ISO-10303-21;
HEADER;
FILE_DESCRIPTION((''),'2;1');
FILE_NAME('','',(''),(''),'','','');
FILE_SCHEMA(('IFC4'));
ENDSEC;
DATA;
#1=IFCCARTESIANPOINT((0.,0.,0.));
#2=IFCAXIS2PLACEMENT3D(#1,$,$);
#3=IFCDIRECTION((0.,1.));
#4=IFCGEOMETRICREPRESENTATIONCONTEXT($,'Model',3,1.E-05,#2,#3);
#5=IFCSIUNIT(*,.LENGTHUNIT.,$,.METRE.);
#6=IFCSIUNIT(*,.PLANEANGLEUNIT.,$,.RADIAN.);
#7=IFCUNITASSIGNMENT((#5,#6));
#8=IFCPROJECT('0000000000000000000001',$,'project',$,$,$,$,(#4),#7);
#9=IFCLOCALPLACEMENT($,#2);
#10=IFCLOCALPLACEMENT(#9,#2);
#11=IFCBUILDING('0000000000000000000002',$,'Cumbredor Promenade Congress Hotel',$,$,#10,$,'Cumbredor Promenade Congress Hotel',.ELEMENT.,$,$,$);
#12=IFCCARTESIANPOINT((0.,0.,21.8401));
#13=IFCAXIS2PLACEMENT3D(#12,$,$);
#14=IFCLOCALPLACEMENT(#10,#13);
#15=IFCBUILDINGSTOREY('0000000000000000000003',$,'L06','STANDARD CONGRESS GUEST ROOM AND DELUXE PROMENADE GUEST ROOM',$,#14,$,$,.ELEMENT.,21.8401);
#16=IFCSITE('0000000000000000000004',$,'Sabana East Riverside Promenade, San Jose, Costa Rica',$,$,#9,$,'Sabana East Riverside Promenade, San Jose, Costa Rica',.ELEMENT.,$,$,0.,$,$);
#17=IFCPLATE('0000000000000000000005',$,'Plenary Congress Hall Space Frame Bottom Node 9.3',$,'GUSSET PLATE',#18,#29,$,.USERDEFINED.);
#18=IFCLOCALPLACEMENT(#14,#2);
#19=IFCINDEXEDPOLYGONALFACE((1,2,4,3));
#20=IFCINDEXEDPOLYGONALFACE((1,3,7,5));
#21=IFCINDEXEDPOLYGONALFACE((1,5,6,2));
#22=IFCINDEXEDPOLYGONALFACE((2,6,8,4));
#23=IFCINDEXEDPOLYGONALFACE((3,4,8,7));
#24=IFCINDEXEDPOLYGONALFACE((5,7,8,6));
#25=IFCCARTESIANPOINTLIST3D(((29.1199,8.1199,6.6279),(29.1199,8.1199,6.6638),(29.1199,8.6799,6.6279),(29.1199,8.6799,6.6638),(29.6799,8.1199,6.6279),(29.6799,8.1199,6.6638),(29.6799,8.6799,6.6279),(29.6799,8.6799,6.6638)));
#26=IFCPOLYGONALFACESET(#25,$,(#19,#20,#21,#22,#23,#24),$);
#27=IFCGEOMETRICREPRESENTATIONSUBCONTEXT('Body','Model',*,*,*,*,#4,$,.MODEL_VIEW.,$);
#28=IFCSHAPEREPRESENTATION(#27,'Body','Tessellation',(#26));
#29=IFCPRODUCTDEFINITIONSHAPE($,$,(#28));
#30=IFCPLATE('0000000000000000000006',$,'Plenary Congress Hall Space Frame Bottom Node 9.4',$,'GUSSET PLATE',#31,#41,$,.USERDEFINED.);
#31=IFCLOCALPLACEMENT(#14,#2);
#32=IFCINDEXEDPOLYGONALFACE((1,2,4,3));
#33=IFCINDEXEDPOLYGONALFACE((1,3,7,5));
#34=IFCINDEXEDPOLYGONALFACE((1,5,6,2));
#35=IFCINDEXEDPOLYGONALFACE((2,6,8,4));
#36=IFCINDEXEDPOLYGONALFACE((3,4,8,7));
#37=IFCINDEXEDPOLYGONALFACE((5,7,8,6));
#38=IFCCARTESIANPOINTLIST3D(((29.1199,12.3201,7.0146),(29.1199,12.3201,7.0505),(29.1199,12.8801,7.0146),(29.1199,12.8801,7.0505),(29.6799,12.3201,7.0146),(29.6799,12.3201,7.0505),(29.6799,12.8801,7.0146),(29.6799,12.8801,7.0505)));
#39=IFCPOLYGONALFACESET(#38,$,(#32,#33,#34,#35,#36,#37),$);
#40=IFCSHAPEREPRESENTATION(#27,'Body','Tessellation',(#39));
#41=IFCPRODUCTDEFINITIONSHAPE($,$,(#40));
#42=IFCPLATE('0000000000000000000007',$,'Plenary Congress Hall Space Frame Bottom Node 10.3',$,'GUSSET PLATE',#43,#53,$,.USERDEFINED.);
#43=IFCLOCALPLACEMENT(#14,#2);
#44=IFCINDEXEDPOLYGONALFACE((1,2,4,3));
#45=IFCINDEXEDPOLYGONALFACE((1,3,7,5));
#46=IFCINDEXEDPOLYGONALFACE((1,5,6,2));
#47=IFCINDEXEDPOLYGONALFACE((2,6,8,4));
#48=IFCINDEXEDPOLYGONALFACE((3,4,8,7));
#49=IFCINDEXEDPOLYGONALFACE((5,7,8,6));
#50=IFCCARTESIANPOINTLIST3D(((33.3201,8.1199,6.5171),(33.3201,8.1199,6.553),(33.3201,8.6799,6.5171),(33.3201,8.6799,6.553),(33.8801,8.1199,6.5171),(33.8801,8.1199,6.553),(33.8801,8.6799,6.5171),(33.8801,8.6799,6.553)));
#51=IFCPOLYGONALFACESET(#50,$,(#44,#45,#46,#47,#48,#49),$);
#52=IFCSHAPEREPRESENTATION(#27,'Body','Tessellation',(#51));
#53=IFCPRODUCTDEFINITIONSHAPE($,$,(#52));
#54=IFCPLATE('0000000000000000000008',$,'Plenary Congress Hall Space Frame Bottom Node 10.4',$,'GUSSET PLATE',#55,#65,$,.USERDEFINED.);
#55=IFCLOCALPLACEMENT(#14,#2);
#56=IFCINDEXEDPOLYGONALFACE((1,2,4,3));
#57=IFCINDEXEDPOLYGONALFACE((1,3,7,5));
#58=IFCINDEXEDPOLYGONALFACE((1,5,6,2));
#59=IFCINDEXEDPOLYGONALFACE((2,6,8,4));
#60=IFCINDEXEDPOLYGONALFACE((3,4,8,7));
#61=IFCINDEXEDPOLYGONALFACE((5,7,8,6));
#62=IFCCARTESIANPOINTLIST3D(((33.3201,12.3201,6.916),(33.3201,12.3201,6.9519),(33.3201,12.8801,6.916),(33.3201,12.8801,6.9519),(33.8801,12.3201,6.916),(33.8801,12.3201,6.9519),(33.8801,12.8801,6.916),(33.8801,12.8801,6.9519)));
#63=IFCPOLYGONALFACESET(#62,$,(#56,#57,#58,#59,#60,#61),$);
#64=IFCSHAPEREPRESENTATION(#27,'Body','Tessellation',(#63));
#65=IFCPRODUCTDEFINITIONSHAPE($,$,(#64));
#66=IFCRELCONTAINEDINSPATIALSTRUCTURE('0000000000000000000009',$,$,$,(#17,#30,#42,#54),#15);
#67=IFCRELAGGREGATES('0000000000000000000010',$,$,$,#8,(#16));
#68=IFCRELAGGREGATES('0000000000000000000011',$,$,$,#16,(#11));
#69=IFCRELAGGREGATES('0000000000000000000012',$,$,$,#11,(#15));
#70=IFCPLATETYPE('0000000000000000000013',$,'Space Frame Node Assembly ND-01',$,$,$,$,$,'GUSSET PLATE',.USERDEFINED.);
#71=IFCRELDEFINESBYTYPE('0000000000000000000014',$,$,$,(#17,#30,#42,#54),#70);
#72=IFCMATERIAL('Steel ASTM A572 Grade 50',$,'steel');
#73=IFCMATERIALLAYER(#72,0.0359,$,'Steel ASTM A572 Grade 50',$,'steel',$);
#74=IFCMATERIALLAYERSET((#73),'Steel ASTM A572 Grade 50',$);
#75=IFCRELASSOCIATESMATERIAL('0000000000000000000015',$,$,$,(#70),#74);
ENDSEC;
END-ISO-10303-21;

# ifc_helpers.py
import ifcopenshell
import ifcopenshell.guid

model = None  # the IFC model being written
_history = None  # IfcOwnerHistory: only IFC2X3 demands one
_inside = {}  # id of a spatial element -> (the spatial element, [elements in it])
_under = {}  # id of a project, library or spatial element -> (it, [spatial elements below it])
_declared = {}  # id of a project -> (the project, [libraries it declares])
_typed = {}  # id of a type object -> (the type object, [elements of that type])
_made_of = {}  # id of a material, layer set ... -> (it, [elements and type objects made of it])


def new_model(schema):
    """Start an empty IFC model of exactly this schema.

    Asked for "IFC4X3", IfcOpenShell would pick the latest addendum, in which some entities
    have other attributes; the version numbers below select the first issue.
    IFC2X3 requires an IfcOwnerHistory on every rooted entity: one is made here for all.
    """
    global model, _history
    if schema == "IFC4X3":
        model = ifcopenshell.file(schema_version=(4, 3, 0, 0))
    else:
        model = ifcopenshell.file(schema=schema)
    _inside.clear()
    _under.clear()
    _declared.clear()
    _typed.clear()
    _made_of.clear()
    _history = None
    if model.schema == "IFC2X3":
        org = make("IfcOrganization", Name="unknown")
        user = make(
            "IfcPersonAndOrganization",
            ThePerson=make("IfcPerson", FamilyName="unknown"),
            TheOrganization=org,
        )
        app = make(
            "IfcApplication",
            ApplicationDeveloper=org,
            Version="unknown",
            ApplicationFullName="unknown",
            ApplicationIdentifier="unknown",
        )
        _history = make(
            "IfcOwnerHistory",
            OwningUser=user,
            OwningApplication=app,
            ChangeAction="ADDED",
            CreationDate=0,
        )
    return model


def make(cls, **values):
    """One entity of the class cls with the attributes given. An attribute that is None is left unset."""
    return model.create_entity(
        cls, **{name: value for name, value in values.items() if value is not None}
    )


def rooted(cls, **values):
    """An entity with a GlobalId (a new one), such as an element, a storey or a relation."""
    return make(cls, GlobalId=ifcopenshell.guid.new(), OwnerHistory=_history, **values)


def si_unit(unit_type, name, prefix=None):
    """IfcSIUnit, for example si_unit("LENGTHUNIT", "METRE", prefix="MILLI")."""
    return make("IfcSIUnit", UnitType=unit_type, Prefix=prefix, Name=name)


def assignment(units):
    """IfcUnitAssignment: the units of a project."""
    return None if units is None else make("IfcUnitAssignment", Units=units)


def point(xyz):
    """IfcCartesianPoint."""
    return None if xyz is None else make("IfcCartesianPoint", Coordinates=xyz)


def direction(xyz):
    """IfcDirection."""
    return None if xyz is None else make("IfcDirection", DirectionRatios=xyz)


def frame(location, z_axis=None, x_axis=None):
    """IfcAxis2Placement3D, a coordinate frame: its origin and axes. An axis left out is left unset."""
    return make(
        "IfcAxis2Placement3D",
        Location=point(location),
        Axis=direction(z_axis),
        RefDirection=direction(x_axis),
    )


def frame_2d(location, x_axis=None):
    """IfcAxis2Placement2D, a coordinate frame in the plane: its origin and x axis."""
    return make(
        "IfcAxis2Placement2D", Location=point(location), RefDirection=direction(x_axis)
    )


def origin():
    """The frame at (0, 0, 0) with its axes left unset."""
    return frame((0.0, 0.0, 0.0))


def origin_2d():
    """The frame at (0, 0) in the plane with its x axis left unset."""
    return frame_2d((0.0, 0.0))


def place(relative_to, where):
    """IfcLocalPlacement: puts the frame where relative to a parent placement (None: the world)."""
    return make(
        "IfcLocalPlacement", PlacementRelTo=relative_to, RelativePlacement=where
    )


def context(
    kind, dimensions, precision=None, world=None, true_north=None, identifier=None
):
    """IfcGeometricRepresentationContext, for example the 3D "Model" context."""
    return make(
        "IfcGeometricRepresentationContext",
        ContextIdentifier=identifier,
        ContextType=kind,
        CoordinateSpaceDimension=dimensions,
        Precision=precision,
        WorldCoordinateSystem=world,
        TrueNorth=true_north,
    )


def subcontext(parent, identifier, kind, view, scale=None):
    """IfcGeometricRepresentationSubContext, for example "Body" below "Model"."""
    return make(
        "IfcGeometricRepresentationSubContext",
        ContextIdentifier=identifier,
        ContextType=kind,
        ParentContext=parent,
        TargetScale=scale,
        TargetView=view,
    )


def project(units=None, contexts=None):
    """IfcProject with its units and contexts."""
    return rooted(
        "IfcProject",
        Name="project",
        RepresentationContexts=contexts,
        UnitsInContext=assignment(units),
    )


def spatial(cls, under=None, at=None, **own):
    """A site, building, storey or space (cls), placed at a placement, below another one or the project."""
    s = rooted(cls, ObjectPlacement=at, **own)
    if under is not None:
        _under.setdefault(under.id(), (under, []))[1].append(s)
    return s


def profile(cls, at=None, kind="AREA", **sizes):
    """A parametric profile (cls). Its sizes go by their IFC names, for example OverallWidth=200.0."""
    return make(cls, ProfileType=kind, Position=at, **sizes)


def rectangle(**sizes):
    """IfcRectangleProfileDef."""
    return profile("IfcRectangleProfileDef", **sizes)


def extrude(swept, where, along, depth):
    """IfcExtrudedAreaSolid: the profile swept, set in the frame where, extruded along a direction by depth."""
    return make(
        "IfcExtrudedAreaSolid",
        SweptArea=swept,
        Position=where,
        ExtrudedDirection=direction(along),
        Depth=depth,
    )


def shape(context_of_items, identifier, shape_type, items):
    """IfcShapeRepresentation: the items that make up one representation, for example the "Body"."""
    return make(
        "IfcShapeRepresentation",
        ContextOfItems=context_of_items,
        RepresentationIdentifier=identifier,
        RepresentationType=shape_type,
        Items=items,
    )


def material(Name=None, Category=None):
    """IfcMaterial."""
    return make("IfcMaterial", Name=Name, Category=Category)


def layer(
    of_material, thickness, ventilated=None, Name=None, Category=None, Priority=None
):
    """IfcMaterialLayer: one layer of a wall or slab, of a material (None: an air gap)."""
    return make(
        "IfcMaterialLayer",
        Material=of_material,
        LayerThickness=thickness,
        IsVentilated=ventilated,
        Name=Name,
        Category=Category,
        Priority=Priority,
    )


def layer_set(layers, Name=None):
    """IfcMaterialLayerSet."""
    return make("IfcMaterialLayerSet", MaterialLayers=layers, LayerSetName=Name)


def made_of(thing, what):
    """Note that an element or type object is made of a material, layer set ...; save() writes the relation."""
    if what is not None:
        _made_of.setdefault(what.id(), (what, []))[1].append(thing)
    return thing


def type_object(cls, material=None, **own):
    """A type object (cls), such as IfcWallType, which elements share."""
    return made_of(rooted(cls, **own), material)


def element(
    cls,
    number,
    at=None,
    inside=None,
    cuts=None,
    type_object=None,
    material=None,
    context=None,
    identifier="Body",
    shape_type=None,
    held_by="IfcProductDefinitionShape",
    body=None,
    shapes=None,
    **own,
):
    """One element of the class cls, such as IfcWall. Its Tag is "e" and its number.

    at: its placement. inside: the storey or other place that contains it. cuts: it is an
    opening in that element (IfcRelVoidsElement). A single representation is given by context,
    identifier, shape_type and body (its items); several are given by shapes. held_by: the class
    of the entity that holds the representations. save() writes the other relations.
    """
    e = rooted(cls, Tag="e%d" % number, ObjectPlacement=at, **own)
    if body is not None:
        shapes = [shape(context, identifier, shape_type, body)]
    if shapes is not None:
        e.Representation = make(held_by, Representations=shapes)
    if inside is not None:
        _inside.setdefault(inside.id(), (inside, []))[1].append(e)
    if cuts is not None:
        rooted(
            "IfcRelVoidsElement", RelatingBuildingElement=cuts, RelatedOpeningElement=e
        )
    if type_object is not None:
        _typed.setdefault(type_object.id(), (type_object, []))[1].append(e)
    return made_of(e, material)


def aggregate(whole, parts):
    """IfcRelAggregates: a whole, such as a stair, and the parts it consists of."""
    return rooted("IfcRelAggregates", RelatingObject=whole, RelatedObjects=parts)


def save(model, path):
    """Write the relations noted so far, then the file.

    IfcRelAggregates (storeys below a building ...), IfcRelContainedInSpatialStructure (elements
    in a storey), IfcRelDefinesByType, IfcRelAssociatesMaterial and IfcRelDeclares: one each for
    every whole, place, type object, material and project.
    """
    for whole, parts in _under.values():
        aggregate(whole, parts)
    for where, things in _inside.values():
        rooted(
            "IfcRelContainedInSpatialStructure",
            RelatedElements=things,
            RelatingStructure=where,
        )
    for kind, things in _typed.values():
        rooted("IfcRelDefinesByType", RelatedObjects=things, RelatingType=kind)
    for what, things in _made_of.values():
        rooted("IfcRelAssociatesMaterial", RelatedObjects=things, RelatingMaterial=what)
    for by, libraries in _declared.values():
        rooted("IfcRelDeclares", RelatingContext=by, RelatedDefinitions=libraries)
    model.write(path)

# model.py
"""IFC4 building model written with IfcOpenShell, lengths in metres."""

from ifc_helpers import new_model, si_unit, direction, frame, origin, origin_2d, place, context, subcontext, project, spatial, rectangle, extrude, material, layer, layer_set, type_object, element, save


model = new_model("IFC4")

# Units and contexts
model_context = context("Model", 3, precision=1e-05, world=origin(), true_north=direction((0.0, 1.0)))
body_context = subcontext(model_context, "Body", "Model", "MODEL_VIEW")
ifc_project = project(units=[si_unit("LENGTHUNIT", "METRE"), si_unit("PLANEANGLEUNIT", "RADIAN")], contexts=[model_context])

# Site, building, storey
site_placement = place(None, origin())
site = spatial("IfcSite", under=ifc_project, at=site_placement, Name="Sabana East Riverside Promenade, San Jose, Costa Rica", LongName="Sabana East Riverside Promenade, San Jose, Costa Rica", CompositionType="ELEMENT", RefElevation=0.0)
building_placement = place(site_placement, origin())
building = spatial("IfcBuilding", under=site, at=building_placement, Name="Cumbredor Promenade Congress Hotel", LongName="Cumbredor Promenade Congress Hotel", CompositionType="ELEMENT")
storey_placement = place(building_placement, frame((0.0, 0.0, 21.8401)))
storey = spatial("IfcBuildingStorey", under=building, at=storey_placement, Name="L06", Description="STANDARD CONGRESS GUEST ROOM AND DELUXE PROMENADE GUEST ROOM", CompositionType="ELEMENT", Elevation=21.8401)

# Plates
ifc_material_1 = material(Name="Steel ASTM A572 Grade 50", Category="steel")
ifc_layer_1 = layer(ifc_material_1, 0.0359, Name="Steel ASTM A572 Grade 50", Category="steel")
ifc_layer_set_1 = layer_set([ifc_layer_1], Name="Steel ASTM A572 Grade 50")
plate_type_1 = type_object("IfcPlateType", Name="Space Frame Node Assembly ND-01", ElementType="GUSSET PLATE", PredefinedType="USERDEFINED", material=ifc_layer_set_1)
for number, where, z_axis, x_axis, name in (
    (1, (29.3999, 8.3999, 6.6279), (0.0, 0.0, 1.0), (1.0, 0.0, 0.0), "Plenary Congress Hall Space Frame Bottom Node 9.3"),
    (2, (29.3999, 12.6001, 7.0146), (0.0, 0.0, 1.0), (1.0, 0.0, 0.0), "Plenary Congress Hall Space Frame Bottom Node 9.4"),
    (3, (33.6001, 8.3999, 6.5171), (0.0, 0.0, 1.0), (1.0, 0.0, 0.0), "Plenary Congress Hall Space Frame Bottom Node 10.3"),
    (4, (33.6001, 12.6001, 6.916), (0.0, 0.0, 1.0), (1.0, 0.0, 0.0), "Plenary Congress Hall Space Frame Bottom Node 10.4"),
):
    element("IfcPlate", number, at=place(storey_placement, frame(where, z_axis=z_axis, x_axis=x_axis)), inside=storey, type_object=plate_type_1, Name=name, ObjectType="GUSSET PLATE", PredefinedType="USERDEFINED", context=body_context, shape_type="SweptSolid", body=[
        extrude(rectangle(XDim=0.5601, YDim=0.5601, at=origin_2d()), origin(), (0.0, 0.0, 1.0), 0.0359),
    ])

save(model, "model.ifc")
